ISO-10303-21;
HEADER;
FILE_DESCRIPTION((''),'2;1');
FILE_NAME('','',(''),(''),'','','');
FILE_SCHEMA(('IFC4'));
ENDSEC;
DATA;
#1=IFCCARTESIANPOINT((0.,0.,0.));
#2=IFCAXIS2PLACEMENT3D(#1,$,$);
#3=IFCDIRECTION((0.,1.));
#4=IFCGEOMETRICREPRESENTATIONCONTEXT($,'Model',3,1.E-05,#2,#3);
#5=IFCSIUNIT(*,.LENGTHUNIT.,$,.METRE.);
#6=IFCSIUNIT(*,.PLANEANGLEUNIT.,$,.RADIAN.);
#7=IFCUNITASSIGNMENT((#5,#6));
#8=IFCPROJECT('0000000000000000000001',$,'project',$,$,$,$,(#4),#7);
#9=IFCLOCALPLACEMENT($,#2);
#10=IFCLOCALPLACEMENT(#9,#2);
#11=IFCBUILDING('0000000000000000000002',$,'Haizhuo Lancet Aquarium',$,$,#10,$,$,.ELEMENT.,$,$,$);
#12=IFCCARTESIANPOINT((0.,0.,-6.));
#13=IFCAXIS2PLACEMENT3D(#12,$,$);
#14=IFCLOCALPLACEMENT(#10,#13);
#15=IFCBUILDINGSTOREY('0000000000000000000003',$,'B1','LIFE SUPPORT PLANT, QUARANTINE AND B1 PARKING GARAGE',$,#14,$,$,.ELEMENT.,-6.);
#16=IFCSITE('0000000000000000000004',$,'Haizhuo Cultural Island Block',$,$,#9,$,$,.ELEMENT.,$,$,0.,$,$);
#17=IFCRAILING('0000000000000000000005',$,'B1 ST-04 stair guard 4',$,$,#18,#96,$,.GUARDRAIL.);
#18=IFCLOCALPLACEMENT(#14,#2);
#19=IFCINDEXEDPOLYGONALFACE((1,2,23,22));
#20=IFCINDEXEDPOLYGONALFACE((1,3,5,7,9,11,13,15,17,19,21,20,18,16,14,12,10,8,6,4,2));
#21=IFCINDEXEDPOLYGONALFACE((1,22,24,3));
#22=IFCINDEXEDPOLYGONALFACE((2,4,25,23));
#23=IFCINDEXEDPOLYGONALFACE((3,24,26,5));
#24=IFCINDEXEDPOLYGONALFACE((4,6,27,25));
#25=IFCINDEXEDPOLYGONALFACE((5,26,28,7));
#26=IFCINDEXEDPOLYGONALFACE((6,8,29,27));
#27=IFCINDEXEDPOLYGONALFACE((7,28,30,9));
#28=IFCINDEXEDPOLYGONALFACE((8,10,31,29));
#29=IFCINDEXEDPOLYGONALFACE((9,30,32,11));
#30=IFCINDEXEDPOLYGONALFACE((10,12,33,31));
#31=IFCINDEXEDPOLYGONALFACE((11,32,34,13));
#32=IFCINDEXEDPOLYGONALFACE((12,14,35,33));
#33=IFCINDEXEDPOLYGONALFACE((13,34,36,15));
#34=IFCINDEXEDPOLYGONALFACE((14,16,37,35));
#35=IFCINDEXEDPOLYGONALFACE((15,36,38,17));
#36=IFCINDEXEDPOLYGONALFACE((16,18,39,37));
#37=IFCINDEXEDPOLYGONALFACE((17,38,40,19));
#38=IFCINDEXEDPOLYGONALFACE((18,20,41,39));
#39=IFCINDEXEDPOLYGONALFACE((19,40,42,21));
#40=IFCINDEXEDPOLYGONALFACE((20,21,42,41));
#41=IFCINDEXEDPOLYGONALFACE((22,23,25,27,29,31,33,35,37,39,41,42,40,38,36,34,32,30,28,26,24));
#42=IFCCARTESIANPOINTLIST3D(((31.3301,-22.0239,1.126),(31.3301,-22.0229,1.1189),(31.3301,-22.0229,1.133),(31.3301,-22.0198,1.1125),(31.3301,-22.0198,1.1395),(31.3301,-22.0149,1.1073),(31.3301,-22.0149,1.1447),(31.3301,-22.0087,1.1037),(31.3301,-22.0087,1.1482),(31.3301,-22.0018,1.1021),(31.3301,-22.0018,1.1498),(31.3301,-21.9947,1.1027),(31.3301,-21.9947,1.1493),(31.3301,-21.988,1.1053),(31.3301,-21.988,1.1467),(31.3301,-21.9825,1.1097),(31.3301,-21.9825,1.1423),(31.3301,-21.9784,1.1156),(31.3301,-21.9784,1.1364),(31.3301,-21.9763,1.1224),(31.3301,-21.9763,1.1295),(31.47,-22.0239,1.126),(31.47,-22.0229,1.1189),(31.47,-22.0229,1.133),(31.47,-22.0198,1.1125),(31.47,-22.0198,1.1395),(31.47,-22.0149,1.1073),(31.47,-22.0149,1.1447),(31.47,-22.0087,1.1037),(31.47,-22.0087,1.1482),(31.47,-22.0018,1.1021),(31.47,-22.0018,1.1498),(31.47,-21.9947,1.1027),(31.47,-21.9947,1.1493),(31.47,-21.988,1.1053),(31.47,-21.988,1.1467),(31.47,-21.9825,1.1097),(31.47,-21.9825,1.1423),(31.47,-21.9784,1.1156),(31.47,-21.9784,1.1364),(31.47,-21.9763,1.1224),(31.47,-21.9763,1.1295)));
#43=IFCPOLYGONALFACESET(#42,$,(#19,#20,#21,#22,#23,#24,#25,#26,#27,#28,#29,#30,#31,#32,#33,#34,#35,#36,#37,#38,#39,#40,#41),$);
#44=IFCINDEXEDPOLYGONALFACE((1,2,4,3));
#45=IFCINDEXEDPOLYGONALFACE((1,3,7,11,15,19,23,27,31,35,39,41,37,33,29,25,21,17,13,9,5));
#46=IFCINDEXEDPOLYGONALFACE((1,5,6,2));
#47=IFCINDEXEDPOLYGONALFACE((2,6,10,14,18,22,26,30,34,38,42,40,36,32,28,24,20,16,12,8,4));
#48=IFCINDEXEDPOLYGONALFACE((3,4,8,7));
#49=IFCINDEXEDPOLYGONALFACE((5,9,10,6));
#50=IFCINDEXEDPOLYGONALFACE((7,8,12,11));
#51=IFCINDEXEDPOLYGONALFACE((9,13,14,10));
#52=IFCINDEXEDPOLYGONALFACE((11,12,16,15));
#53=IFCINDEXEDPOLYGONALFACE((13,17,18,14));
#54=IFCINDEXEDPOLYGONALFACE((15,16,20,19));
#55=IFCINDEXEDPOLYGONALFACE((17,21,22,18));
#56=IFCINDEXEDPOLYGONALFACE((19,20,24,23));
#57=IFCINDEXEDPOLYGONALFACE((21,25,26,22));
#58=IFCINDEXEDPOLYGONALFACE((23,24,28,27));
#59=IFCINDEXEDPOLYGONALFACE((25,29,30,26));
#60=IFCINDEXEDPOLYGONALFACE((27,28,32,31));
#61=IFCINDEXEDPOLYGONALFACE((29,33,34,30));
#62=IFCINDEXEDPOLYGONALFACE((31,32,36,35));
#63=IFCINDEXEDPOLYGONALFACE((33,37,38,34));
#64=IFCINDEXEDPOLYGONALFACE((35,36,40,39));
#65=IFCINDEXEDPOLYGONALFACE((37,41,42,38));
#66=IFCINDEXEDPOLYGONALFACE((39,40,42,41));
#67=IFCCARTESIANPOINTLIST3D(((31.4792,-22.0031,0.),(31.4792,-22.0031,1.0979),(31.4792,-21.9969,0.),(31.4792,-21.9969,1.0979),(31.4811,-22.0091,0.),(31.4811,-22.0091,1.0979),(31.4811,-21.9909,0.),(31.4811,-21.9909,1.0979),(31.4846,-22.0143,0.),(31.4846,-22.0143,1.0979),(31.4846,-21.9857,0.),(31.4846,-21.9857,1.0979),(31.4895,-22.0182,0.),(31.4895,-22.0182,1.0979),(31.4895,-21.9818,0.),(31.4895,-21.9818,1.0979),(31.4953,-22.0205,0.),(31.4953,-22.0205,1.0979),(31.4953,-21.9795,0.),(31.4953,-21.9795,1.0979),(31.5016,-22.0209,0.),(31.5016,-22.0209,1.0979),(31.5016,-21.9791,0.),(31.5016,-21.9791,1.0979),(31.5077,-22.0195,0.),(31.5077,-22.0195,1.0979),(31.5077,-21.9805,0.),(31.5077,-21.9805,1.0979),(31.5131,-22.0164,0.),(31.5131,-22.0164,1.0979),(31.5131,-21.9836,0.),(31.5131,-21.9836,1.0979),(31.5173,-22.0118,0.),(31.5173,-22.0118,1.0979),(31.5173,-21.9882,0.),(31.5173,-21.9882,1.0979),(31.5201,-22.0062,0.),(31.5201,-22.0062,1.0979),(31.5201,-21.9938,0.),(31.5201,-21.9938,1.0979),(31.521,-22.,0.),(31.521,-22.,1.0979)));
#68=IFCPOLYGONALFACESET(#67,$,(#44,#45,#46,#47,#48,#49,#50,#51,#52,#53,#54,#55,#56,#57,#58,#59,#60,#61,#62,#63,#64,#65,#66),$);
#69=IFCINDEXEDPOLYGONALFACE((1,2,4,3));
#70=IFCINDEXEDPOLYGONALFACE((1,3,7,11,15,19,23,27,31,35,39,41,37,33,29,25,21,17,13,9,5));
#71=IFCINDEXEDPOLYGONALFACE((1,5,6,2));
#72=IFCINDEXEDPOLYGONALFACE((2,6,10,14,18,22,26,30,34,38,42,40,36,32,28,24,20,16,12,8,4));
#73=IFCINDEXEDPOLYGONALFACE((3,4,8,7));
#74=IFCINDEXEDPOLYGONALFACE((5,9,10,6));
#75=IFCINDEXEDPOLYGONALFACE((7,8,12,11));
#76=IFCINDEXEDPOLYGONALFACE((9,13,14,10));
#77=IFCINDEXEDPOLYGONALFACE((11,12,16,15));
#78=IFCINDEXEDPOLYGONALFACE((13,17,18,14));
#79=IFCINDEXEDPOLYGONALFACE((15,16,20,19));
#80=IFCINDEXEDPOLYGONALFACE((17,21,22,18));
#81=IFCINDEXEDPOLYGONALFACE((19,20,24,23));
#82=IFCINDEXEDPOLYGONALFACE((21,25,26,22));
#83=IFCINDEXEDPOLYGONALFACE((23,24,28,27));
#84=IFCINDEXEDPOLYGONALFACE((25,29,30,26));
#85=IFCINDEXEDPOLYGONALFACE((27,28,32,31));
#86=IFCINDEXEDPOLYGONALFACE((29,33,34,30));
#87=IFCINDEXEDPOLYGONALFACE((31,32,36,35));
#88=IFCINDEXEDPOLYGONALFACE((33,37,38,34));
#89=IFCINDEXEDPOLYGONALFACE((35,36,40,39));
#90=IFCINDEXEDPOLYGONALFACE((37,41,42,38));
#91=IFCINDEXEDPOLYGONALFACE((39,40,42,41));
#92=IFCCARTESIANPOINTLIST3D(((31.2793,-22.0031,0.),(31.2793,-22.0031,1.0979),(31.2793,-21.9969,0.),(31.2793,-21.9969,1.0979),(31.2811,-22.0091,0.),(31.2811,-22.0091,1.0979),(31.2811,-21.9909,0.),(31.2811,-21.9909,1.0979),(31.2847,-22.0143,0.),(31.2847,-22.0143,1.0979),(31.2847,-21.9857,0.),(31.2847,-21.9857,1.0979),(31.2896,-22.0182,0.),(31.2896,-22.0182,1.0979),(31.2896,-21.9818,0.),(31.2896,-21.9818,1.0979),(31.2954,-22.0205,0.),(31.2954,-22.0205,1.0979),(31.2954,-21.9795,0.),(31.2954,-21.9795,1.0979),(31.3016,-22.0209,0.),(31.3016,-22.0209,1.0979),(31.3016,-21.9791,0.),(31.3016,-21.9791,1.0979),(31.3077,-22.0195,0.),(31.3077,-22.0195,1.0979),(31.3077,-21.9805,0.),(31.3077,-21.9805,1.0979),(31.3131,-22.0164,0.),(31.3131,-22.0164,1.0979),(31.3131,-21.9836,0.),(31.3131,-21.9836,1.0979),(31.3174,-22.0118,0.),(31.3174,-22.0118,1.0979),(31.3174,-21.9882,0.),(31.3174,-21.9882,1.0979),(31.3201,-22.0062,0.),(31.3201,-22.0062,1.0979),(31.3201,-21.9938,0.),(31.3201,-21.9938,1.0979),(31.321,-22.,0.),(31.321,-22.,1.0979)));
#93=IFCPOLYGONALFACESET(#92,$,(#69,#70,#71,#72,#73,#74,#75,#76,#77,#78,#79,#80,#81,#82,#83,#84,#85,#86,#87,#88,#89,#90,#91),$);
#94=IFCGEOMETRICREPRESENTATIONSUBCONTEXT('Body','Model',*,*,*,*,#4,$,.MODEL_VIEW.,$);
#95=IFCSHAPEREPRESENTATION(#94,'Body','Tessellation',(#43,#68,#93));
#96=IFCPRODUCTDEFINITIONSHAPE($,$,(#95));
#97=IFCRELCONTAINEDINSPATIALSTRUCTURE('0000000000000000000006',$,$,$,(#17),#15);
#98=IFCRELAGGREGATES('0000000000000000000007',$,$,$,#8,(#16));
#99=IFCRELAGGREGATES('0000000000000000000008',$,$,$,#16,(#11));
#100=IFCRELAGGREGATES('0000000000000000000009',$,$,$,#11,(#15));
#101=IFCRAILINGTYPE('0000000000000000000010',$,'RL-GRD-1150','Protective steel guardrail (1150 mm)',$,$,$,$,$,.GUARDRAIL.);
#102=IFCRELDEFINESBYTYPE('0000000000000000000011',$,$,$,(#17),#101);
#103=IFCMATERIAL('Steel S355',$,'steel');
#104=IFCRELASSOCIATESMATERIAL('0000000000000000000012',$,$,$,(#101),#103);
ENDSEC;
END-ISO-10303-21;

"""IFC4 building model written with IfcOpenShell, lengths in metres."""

from ifc_helpers import new_model, si_unit, direction, frame, origin, origin_2d, place, context, subcontext, project, spatial, circle, extrude, material, type_object, element, save


model = new_model("IFC4")

# Units and contexts
model_context = context("Model", 3, precision=1e-05, world=origin(), true_north=direction((0.0, 1.0)))
body_context = subcontext(model_context, "Body", "Model", "MODEL_VIEW")
ifc_project = project(units=[si_unit("LENGTHUNIT", "METRE"), si_unit("PLANEANGLEUNIT", "RADIAN")], contexts=[model_context])

# Site, building, storey
site_placement = place(None, origin())
site = spatial("IfcSite", under=ifc_project, at=site_placement, Name="Haizhuo Cultural Island Block", CompositionType="ELEMENT", RefElevation=0.0)
building_placement = place(site_placement, origin())
building = spatial("IfcBuilding", under=site, at=building_placement, Name="Haizhuo Lancet Aquarium", CompositionType="ELEMENT")
storey_placement = place(building_placement, frame((0.0, 0.0, -6.0)))
storey = spatial("IfcBuildingStorey", under=building, at=storey_placement, Name="B1", Description="LIFE SUPPORT PLANT, QUARANTINE AND B1 PARKING GARAGE", CompositionType="ELEMENT", Elevation=-6.0)

# Shared definitions
ifc_material_1 = material(Name="Steel S355", Category="steel")

# Railing
railing_type_1 = type_object("IfcRailingType", Name="RL-GRD-1150", Description="Protective steel guardrail (1150 mm)", PredefinedType="GUARDRAIL", material=ifc_material_1)
railing_1_placement = place(storey_placement, frame((31.5, -22.0, 0.0)))
element("IfcRailing", 1, at=railing_1_placement, inside=storey, type_object=railing_type_1, Name="B1 ST-04 stair guard 4", PredefinedType="GUARDRAIL", context=body_context, shape_type="SweptSolid", body=[
    extrude(circle(Radius=0.0239, at=origin_2d()), frame((-0.03, 0.0, 1.126), z_axis=(-1.0, 0.0, 0.0), x_axis=(0.0, -1.0, 0.0)), (0.0, 0.0, 1.0), 0.1399),
    extrude(circle(Radius=0.021, at=origin_2d()), origin(), (0.0, 0.0, 1.0), 1.0979),
    extrude(circle(Radius=0.021, at=origin_2d()), frame((-0.2, 0.0, 0.0)), (0.0, 0.0, 1.0), 1.0979),
])

save(model, "model.ifc")
